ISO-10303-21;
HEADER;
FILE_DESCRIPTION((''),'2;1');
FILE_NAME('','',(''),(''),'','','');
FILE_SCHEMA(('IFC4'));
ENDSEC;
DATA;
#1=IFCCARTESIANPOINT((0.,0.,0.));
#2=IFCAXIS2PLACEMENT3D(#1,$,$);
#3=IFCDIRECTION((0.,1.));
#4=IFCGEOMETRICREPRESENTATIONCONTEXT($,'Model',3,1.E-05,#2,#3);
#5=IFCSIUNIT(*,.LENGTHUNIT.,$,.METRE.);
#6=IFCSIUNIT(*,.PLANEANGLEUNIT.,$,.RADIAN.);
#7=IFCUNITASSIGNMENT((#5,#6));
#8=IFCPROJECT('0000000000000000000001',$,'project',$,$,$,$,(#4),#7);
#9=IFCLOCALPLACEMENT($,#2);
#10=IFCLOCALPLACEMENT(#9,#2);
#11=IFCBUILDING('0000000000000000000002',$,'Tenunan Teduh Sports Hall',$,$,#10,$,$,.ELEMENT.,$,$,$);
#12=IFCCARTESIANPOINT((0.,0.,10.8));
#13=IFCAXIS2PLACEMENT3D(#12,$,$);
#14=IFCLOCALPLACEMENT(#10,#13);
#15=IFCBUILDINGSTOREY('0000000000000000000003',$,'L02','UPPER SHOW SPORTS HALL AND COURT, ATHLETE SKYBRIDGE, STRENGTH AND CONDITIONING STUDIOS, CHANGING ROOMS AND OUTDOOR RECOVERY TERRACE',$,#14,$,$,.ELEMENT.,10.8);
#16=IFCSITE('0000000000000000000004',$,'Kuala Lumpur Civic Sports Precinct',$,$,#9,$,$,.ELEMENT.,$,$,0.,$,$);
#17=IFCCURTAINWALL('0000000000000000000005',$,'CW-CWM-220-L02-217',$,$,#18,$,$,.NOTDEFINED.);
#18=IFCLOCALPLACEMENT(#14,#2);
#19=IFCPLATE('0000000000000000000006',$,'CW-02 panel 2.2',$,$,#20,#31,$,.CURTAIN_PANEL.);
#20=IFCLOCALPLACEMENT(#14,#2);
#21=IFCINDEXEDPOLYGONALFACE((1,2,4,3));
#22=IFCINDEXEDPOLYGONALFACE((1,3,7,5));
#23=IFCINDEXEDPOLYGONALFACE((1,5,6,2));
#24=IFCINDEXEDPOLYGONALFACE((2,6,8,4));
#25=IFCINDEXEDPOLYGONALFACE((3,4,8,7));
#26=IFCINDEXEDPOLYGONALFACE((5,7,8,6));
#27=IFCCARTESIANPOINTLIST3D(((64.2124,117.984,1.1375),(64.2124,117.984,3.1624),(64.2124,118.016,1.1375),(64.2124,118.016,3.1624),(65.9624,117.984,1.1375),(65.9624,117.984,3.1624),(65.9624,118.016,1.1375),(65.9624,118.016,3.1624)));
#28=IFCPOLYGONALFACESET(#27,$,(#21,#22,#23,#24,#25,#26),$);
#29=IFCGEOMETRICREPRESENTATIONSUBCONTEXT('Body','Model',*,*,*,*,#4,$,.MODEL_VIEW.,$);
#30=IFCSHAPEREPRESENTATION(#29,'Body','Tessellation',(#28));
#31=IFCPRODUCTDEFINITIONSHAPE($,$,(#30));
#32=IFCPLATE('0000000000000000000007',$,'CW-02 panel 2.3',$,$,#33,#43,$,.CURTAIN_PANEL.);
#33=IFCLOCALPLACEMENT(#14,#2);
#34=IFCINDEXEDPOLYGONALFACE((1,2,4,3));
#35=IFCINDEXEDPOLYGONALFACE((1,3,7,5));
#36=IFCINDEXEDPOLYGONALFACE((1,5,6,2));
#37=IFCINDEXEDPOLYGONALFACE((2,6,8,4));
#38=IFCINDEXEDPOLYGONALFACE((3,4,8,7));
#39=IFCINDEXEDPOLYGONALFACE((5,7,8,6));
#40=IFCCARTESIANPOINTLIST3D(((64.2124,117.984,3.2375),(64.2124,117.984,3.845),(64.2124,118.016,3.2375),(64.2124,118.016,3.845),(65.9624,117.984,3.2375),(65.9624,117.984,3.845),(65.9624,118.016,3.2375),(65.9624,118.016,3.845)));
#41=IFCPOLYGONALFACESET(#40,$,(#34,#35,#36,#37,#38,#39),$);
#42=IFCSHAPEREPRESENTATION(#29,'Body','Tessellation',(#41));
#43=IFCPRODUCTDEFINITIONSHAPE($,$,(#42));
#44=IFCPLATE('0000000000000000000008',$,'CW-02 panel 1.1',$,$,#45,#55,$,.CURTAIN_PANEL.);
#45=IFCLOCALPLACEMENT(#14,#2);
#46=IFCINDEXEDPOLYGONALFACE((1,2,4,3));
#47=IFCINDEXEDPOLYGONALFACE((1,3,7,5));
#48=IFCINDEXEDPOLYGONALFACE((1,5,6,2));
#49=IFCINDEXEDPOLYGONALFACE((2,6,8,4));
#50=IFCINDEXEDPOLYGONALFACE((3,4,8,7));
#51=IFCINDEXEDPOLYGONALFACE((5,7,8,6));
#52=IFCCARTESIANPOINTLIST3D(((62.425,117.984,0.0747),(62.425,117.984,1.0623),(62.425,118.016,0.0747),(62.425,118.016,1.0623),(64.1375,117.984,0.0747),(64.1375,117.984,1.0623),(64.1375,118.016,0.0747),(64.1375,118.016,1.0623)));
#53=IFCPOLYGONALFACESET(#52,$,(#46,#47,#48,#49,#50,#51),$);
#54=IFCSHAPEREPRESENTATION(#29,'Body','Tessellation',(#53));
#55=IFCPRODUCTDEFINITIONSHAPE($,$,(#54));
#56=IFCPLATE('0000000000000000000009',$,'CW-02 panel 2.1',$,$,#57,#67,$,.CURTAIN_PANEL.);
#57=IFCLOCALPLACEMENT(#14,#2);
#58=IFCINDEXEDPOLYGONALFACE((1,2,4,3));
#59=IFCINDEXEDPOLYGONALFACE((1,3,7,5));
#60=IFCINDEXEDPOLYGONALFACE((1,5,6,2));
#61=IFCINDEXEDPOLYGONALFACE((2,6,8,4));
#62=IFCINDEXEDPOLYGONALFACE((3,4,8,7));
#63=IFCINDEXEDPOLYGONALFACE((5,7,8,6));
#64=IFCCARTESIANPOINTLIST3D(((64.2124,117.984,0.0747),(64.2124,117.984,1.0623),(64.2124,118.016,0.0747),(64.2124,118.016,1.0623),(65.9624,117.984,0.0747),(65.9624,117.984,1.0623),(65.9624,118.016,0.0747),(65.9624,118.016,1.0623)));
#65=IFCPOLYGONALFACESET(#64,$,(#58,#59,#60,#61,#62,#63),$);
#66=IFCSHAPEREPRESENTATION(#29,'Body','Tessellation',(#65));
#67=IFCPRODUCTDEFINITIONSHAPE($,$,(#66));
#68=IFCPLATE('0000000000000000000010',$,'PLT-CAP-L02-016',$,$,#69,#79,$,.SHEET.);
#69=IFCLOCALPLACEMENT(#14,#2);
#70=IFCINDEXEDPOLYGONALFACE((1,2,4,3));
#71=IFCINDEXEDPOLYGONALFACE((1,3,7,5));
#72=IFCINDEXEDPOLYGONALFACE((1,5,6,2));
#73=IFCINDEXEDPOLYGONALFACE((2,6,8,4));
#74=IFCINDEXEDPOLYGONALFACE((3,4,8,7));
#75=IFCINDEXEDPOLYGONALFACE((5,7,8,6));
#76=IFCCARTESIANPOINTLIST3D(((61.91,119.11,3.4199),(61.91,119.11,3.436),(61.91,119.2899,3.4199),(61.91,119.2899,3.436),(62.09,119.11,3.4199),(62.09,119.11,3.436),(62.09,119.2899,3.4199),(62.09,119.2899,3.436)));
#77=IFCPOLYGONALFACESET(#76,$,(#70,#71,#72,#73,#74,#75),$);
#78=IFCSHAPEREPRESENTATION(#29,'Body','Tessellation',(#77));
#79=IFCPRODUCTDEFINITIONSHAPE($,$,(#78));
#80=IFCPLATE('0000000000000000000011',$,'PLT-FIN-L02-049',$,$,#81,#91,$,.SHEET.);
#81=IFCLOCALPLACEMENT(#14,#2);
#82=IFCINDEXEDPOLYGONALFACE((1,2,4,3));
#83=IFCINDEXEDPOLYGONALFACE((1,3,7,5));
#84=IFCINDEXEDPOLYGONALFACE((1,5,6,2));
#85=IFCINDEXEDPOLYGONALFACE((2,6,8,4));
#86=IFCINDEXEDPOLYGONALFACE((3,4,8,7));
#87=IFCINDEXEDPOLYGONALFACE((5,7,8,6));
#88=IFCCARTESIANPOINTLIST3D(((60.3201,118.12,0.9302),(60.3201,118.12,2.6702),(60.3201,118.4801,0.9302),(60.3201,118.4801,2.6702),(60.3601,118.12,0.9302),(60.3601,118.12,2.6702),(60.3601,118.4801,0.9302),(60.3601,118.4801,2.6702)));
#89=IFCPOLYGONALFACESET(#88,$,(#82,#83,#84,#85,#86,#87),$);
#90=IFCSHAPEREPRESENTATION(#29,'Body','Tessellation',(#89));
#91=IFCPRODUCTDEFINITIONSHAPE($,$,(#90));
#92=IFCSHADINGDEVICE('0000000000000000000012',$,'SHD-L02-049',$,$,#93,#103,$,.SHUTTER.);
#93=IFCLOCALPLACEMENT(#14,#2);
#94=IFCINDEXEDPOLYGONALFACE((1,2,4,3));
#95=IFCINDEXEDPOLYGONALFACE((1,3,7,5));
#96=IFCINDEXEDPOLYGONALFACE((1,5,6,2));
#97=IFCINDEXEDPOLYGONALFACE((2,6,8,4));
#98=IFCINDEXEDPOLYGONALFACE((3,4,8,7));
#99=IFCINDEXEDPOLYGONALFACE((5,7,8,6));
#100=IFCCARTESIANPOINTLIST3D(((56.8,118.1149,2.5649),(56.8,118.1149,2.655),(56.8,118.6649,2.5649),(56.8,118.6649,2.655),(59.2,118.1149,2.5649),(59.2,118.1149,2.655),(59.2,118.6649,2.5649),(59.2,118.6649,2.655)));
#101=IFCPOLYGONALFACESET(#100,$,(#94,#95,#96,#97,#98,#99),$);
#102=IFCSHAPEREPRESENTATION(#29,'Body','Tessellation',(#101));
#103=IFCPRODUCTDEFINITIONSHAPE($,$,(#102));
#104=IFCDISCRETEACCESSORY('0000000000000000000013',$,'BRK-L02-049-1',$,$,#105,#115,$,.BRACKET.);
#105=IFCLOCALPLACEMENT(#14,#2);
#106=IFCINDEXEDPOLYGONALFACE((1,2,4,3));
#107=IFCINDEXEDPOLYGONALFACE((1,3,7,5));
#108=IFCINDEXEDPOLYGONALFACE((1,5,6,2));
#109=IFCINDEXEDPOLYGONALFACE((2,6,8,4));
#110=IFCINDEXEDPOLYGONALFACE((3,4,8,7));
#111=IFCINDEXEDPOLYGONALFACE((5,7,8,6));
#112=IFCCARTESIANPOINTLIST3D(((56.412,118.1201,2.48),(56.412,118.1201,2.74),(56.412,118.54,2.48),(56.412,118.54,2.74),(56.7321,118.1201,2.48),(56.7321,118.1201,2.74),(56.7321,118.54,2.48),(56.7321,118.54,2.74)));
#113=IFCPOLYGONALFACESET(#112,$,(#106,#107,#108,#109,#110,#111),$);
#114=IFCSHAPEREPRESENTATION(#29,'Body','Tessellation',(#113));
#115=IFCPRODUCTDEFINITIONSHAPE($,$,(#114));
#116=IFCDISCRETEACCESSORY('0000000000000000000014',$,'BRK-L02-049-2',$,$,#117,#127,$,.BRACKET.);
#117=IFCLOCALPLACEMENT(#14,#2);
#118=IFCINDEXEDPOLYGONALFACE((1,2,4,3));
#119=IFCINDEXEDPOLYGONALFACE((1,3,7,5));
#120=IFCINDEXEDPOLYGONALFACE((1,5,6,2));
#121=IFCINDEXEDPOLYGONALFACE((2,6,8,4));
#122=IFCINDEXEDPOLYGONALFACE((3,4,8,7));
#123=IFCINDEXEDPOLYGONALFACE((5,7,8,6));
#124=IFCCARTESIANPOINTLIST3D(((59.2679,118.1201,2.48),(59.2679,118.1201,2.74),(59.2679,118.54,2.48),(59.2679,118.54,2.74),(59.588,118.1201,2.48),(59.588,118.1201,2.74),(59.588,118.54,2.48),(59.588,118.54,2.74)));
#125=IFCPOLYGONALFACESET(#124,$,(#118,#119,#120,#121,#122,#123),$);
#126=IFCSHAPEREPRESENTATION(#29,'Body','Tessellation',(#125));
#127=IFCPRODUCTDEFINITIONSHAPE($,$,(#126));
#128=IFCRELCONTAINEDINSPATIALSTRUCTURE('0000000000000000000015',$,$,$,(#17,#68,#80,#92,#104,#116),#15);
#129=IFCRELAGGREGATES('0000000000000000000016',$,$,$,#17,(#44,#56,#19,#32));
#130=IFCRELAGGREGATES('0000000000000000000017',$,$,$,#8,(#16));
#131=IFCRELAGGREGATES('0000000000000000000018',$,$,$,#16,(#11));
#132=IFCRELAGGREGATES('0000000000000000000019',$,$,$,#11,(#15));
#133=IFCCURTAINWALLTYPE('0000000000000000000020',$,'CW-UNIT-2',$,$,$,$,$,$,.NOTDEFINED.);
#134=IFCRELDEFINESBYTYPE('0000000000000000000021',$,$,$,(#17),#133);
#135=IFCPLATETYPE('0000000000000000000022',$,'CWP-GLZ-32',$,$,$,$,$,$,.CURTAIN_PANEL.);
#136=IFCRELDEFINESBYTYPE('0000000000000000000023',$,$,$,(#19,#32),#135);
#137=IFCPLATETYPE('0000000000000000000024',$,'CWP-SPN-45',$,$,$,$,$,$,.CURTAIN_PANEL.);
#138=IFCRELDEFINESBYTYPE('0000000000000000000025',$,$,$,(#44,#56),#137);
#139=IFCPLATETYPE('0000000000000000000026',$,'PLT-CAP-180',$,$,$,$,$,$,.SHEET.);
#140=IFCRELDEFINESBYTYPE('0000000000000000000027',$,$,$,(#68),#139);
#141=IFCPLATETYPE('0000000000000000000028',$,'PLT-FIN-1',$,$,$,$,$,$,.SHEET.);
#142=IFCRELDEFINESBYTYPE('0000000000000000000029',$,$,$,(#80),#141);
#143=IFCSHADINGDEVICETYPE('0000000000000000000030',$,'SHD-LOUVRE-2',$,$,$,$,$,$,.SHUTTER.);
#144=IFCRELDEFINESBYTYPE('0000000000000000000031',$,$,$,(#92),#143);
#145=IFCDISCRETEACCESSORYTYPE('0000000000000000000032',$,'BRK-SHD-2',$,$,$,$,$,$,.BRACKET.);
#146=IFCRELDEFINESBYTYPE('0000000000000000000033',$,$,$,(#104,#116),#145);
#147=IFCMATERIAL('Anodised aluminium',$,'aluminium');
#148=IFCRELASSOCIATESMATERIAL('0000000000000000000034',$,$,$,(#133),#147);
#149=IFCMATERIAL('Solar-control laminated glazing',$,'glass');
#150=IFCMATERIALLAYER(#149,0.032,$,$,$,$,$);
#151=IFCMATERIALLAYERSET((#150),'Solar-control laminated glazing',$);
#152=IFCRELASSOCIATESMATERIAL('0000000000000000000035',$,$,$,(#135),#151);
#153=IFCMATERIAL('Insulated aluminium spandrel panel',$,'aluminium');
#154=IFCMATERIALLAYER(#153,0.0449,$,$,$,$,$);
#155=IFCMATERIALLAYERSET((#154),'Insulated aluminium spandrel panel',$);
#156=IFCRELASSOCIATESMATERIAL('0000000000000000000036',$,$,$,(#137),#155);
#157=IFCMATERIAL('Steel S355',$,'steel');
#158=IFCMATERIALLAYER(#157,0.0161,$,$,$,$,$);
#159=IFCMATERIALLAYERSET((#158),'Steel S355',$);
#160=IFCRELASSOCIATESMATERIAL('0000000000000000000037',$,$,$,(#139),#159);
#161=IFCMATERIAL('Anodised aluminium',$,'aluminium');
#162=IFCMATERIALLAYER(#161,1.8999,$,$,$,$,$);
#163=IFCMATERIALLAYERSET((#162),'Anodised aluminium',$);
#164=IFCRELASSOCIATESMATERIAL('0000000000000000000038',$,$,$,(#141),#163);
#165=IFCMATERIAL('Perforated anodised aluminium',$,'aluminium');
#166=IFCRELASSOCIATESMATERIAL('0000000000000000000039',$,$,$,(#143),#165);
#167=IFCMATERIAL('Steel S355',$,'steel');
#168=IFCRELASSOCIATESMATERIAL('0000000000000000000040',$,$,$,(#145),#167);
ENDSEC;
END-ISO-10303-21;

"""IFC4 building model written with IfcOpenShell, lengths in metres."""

from ifc_helpers import new_model, si_unit, direction, frame, origin, origin_2d, place, context, subcontext, project, spatial, rectangle, extrude, material, layer, layer_set, type_object, element, aggregate, save


model = new_model("IFC4")

# Units and contexts
model_context = context("Model", 3, precision=1e-05, world=origin(), true_north=direction((0.0, 1.0)))
body_context = subcontext(model_context, "Body", "Model", "MODEL_VIEW")
ifc_project = project(units=[si_unit("LENGTHUNIT", "METRE"), si_unit("PLANEANGLEUNIT", "RADIAN")], contexts=[model_context])

# Site, building, storey
site_placement = place(None, origin())
site = spatial("IfcSite", under=ifc_project, at=site_placement, Name="Kuala Lumpur Civic Sports Precinct", CompositionType="ELEMENT", RefElevation=0.0)
building_placement = place(site_placement, origin())
building = spatial("IfcBuilding", under=site, at=building_placement, Name="Tenunan Teduh Sports Hall", CompositionType="ELEMENT")
storey_placement = place(building_placement, frame((0.0, 0.0, 10.8)))
storey = spatial("IfcBuildingStorey", under=building, at=storey_placement, Name="L02", Description="UPPER SHOW SPORTS HALL AND COURT, ATHLETE SKYBRIDGE, STRENGTH AND CONDITIONING STUDIOS, CHANGING ROOMS AND OUTDOOR RECOVERY TERRACE", CompositionType="ELEMENT", Elevation=10.8)

# Curtain wall, plates
ifc_material_1 = material(Name="Anodised aluminium", Category="aluminium")
curtain_wall_type = type_object("IfcCurtainWallType", Name="CW-UNIT-2", PredefinedType="NOTDEFINED", material=ifc_material_1)
curtain_wall_placement = place(storey_placement, origin())
curtain_wall = element("IfcCurtainWall", 1, at=curtain_wall_placement, inside=storey, type_object=curtain_wall_type, Name="CW-CWM-220-L02-217", PredefinedType="NOTDEFINED")
ifc_material_2 = material(Name="Solar-control laminated glazing", Category="glass")
ifc_layer_1 = layer(ifc_material_2, 0.032)
ifc_layer_set_1 = layer_set([ifc_layer_1], Name="Solar-control laminated glazing")
plate_type_1 = type_object("IfcPlateType", Name="CWP-GLZ-32", PredefinedType="CURTAIN_PANEL", material=ifc_layer_set_1)
plate_1_placement = place(storey_placement, frame((65.0874, 118.0, 1.1375), z_axis=(0.0, 0.0, 1.0), x_axis=(1.0, 0.0, 0.0)))
plate_1 = element("IfcPlate", 2, at=plate_1_placement, type_object=plate_type_1, Name="CW-02 panel 2.2", PredefinedType="CURTAIN_PANEL", context=body_context, shape_type="SweptSolid", body=[
    extrude(rectangle(XDim=1.75, YDim=0.032, at=origin_2d()), origin(), (0.0, 0.0, 1.0), 2.0249),
])
plate_2_placement = place(storey_placement, frame((65.0874, 118.0, 3.2375), z_axis=(0.0, 0.0, 1.0), x_axis=(1.0, 0.0, 0.0)))
plate_2 = element("IfcPlate", 3, at=plate_2_placement, type_object=plate_type_1, Name="CW-02 panel 2.3", PredefinedType="CURTAIN_PANEL", context=body_context, shape_type="SweptSolid", body=[
    extrude(rectangle(XDim=1.75, YDim=0.032, at=origin_2d()), origin(), (0.0, 0.0, 1.0), 0.6074),
])
ifc_material_3 = material(Name="Insulated aluminium spandrel panel", Category="aluminium")
ifc_layer_2 = layer(ifc_material_3, 0.0449)
ifc_layer_set_2 = layer_set([ifc_layer_2], Name="Insulated aluminium spandrel panel")
plate_type_2 = type_object("IfcPlateType", Name="CWP-SPN-45", PredefinedType="CURTAIN_PANEL", material=ifc_layer_set_2)
plate_3_placement = place(storey_placement, frame((63.2812, 118.0, 0.0747), z_axis=(0.0, 0.0, 1.0), x_axis=(1.0, 0.0, 0.0)))
plate_3 = element("IfcPlate", 4, at=plate_3_placement, type_object=plate_type_2, Name="CW-02 panel 1.1", PredefinedType="CURTAIN_PANEL", context=body_context, shape_type="SweptSolid", body=[
    extrude(rectangle(XDim=1.7124, YDim=0.032, at=origin_2d()), origin(), (0.0, 0.0, 1.0), 0.9875),
])
plate_4_placement = place(storey_placement, frame((65.0874, 118.0, 0.0747), z_axis=(0.0, 0.0, 1.0), x_axis=(1.0, 0.0, 0.0)))
plate_4 = element("IfcPlate", 5, at=plate_4_placement, type_object=plate_type_2, Name="CW-02 panel 2.1", PredefinedType="CURTAIN_PANEL", context=body_context, shape_type="SweptSolid", body=[
    extrude(rectangle(XDim=1.75, YDim=0.032, at=origin_2d()), origin(), (0.0, 0.0, 1.0), 0.9875),
])
aggregate(curtain_wall, [plate_3, plate_4, plate_1, plate_2])

# Plates
ifc_material_4 = material(Name="Steel S355", Category="steel")
ifc_layer_3 = layer(ifc_material_4, 0.0161)
ifc_layer_set_3 = layer_set([ifc_layer_3], Name="Steel S355")
plate_type_3 = type_object("IfcPlateType", Name="PLT-CAP-180", PredefinedType="SHEET", material=ifc_layer_set_3)
plate_5_placement = place(storey_placement, frame((62.0, 119.2, 3.4199), z_axis=(0.0, 0.0, 1.0), x_axis=(1.0, 0.0, 0.0)))
element("IfcPlate", 6, at=plate_5_placement, inside=storey, type_object=plate_type_3, Name="PLT-CAP-L02-016", PredefinedType="SHEET", context=body_context, shape_type="SweptSolid", body=[
    extrude(rectangle(XDim=0.1799, YDim=0.1799, at=origin_2d()), origin(), (0.0, 0.0, 1.0), 0.0161),
])
ifc_material_5 = material(Name="Anodised aluminium", Category="aluminium")
ifc_layer_4 = layer(ifc_material_5, 1.8999)
ifc_layer_set_4 = layer_set([ifc_layer_4], Name="Anodised aluminium")
plate_type_4 = type_object("IfcPlateType", Name="PLT-FIN-1", PredefinedType="SHEET", material=ifc_layer_set_4)
plate_6_placement = place(storey_placement, frame((60.3401, 118.3, 0.9302), z_axis=(0.0, 0.0, 1.0), x_axis=(1.0, 0.0, 0.0)))
element("IfcPlate", 7, at=plate_6_placement, inside=storey, type_object=plate_type_4, Name="PLT-FIN-L02-049", PredefinedType="SHEET", context=body_context, shape_type="SweptSolid", body=[
    extrude(rectangle(XDim=0.04, YDim=0.3601, at=origin_2d()), origin(), (0.0, 0.0, 1.0), 1.74),
])

# Shading device
ifc_material_6 = material(Name="Perforated anodised aluminium", Category="aluminium")
shading_device_type = type_object("IfcShadingDeviceType", Name="SHD-LOUVRE-2", PredefinedType="SHUTTER", material=ifc_material_6)
shading_device_placement = place(storey_placement, frame((58.0, 118.3899, 2.5649), z_axis=(0.0, 0.0, 1.0), x_axis=(1.0, 0.0, 0.0)))
element("IfcShadingDevice", 8, at=shading_device_placement, inside=storey, type_object=shading_device_type, Name="SHD-L02-049", PredefinedType="SHUTTER", context=body_context, shape_type="SweptSolid", body=[
    extrude(rectangle(XDim=2.3999, YDim=0.55, at=origin_2d()), origin(), (0.0, 0.0, 1.0), 0.0901),
])

# Discrete accessories
ifc_material_7 = material(Name="Steel S355", Category="steel")
discrete_accessory_type = type_object("IfcDiscreteAccessoryType", Name="BRK-SHD-2", PredefinedType="BRACKET", material=ifc_material_7)
for number, where, z_axis, x_axis, name in (
    (9, (56.572, 118.3301, 2.48), (0.0, 0.0, 1.0), (1.0, 0.0, 0.0), "BRK-L02-049-1"),
    (10, (59.428, 118.3301, 2.48), (0.0, 0.0, 1.0), (1.0, 0.0, 0.0), "BRK-L02-049-2"),
):
    element("IfcDiscreteAccessory", number, at=place(storey_placement, frame(where, z_axis=z_axis, x_axis=x_axis)), inside=storey, type_object=discrete_accessory_type, Name=name, PredefinedType="BRACKET", context=body_context, shape_type="SweptSolid", body=[
        extrude(rectangle(XDim=0.3201, YDim=0.4199, at=origin_2d()), origin(), (0.0, 0.0, 1.0), 0.26),
    ])

save(model, "model.ifc")
